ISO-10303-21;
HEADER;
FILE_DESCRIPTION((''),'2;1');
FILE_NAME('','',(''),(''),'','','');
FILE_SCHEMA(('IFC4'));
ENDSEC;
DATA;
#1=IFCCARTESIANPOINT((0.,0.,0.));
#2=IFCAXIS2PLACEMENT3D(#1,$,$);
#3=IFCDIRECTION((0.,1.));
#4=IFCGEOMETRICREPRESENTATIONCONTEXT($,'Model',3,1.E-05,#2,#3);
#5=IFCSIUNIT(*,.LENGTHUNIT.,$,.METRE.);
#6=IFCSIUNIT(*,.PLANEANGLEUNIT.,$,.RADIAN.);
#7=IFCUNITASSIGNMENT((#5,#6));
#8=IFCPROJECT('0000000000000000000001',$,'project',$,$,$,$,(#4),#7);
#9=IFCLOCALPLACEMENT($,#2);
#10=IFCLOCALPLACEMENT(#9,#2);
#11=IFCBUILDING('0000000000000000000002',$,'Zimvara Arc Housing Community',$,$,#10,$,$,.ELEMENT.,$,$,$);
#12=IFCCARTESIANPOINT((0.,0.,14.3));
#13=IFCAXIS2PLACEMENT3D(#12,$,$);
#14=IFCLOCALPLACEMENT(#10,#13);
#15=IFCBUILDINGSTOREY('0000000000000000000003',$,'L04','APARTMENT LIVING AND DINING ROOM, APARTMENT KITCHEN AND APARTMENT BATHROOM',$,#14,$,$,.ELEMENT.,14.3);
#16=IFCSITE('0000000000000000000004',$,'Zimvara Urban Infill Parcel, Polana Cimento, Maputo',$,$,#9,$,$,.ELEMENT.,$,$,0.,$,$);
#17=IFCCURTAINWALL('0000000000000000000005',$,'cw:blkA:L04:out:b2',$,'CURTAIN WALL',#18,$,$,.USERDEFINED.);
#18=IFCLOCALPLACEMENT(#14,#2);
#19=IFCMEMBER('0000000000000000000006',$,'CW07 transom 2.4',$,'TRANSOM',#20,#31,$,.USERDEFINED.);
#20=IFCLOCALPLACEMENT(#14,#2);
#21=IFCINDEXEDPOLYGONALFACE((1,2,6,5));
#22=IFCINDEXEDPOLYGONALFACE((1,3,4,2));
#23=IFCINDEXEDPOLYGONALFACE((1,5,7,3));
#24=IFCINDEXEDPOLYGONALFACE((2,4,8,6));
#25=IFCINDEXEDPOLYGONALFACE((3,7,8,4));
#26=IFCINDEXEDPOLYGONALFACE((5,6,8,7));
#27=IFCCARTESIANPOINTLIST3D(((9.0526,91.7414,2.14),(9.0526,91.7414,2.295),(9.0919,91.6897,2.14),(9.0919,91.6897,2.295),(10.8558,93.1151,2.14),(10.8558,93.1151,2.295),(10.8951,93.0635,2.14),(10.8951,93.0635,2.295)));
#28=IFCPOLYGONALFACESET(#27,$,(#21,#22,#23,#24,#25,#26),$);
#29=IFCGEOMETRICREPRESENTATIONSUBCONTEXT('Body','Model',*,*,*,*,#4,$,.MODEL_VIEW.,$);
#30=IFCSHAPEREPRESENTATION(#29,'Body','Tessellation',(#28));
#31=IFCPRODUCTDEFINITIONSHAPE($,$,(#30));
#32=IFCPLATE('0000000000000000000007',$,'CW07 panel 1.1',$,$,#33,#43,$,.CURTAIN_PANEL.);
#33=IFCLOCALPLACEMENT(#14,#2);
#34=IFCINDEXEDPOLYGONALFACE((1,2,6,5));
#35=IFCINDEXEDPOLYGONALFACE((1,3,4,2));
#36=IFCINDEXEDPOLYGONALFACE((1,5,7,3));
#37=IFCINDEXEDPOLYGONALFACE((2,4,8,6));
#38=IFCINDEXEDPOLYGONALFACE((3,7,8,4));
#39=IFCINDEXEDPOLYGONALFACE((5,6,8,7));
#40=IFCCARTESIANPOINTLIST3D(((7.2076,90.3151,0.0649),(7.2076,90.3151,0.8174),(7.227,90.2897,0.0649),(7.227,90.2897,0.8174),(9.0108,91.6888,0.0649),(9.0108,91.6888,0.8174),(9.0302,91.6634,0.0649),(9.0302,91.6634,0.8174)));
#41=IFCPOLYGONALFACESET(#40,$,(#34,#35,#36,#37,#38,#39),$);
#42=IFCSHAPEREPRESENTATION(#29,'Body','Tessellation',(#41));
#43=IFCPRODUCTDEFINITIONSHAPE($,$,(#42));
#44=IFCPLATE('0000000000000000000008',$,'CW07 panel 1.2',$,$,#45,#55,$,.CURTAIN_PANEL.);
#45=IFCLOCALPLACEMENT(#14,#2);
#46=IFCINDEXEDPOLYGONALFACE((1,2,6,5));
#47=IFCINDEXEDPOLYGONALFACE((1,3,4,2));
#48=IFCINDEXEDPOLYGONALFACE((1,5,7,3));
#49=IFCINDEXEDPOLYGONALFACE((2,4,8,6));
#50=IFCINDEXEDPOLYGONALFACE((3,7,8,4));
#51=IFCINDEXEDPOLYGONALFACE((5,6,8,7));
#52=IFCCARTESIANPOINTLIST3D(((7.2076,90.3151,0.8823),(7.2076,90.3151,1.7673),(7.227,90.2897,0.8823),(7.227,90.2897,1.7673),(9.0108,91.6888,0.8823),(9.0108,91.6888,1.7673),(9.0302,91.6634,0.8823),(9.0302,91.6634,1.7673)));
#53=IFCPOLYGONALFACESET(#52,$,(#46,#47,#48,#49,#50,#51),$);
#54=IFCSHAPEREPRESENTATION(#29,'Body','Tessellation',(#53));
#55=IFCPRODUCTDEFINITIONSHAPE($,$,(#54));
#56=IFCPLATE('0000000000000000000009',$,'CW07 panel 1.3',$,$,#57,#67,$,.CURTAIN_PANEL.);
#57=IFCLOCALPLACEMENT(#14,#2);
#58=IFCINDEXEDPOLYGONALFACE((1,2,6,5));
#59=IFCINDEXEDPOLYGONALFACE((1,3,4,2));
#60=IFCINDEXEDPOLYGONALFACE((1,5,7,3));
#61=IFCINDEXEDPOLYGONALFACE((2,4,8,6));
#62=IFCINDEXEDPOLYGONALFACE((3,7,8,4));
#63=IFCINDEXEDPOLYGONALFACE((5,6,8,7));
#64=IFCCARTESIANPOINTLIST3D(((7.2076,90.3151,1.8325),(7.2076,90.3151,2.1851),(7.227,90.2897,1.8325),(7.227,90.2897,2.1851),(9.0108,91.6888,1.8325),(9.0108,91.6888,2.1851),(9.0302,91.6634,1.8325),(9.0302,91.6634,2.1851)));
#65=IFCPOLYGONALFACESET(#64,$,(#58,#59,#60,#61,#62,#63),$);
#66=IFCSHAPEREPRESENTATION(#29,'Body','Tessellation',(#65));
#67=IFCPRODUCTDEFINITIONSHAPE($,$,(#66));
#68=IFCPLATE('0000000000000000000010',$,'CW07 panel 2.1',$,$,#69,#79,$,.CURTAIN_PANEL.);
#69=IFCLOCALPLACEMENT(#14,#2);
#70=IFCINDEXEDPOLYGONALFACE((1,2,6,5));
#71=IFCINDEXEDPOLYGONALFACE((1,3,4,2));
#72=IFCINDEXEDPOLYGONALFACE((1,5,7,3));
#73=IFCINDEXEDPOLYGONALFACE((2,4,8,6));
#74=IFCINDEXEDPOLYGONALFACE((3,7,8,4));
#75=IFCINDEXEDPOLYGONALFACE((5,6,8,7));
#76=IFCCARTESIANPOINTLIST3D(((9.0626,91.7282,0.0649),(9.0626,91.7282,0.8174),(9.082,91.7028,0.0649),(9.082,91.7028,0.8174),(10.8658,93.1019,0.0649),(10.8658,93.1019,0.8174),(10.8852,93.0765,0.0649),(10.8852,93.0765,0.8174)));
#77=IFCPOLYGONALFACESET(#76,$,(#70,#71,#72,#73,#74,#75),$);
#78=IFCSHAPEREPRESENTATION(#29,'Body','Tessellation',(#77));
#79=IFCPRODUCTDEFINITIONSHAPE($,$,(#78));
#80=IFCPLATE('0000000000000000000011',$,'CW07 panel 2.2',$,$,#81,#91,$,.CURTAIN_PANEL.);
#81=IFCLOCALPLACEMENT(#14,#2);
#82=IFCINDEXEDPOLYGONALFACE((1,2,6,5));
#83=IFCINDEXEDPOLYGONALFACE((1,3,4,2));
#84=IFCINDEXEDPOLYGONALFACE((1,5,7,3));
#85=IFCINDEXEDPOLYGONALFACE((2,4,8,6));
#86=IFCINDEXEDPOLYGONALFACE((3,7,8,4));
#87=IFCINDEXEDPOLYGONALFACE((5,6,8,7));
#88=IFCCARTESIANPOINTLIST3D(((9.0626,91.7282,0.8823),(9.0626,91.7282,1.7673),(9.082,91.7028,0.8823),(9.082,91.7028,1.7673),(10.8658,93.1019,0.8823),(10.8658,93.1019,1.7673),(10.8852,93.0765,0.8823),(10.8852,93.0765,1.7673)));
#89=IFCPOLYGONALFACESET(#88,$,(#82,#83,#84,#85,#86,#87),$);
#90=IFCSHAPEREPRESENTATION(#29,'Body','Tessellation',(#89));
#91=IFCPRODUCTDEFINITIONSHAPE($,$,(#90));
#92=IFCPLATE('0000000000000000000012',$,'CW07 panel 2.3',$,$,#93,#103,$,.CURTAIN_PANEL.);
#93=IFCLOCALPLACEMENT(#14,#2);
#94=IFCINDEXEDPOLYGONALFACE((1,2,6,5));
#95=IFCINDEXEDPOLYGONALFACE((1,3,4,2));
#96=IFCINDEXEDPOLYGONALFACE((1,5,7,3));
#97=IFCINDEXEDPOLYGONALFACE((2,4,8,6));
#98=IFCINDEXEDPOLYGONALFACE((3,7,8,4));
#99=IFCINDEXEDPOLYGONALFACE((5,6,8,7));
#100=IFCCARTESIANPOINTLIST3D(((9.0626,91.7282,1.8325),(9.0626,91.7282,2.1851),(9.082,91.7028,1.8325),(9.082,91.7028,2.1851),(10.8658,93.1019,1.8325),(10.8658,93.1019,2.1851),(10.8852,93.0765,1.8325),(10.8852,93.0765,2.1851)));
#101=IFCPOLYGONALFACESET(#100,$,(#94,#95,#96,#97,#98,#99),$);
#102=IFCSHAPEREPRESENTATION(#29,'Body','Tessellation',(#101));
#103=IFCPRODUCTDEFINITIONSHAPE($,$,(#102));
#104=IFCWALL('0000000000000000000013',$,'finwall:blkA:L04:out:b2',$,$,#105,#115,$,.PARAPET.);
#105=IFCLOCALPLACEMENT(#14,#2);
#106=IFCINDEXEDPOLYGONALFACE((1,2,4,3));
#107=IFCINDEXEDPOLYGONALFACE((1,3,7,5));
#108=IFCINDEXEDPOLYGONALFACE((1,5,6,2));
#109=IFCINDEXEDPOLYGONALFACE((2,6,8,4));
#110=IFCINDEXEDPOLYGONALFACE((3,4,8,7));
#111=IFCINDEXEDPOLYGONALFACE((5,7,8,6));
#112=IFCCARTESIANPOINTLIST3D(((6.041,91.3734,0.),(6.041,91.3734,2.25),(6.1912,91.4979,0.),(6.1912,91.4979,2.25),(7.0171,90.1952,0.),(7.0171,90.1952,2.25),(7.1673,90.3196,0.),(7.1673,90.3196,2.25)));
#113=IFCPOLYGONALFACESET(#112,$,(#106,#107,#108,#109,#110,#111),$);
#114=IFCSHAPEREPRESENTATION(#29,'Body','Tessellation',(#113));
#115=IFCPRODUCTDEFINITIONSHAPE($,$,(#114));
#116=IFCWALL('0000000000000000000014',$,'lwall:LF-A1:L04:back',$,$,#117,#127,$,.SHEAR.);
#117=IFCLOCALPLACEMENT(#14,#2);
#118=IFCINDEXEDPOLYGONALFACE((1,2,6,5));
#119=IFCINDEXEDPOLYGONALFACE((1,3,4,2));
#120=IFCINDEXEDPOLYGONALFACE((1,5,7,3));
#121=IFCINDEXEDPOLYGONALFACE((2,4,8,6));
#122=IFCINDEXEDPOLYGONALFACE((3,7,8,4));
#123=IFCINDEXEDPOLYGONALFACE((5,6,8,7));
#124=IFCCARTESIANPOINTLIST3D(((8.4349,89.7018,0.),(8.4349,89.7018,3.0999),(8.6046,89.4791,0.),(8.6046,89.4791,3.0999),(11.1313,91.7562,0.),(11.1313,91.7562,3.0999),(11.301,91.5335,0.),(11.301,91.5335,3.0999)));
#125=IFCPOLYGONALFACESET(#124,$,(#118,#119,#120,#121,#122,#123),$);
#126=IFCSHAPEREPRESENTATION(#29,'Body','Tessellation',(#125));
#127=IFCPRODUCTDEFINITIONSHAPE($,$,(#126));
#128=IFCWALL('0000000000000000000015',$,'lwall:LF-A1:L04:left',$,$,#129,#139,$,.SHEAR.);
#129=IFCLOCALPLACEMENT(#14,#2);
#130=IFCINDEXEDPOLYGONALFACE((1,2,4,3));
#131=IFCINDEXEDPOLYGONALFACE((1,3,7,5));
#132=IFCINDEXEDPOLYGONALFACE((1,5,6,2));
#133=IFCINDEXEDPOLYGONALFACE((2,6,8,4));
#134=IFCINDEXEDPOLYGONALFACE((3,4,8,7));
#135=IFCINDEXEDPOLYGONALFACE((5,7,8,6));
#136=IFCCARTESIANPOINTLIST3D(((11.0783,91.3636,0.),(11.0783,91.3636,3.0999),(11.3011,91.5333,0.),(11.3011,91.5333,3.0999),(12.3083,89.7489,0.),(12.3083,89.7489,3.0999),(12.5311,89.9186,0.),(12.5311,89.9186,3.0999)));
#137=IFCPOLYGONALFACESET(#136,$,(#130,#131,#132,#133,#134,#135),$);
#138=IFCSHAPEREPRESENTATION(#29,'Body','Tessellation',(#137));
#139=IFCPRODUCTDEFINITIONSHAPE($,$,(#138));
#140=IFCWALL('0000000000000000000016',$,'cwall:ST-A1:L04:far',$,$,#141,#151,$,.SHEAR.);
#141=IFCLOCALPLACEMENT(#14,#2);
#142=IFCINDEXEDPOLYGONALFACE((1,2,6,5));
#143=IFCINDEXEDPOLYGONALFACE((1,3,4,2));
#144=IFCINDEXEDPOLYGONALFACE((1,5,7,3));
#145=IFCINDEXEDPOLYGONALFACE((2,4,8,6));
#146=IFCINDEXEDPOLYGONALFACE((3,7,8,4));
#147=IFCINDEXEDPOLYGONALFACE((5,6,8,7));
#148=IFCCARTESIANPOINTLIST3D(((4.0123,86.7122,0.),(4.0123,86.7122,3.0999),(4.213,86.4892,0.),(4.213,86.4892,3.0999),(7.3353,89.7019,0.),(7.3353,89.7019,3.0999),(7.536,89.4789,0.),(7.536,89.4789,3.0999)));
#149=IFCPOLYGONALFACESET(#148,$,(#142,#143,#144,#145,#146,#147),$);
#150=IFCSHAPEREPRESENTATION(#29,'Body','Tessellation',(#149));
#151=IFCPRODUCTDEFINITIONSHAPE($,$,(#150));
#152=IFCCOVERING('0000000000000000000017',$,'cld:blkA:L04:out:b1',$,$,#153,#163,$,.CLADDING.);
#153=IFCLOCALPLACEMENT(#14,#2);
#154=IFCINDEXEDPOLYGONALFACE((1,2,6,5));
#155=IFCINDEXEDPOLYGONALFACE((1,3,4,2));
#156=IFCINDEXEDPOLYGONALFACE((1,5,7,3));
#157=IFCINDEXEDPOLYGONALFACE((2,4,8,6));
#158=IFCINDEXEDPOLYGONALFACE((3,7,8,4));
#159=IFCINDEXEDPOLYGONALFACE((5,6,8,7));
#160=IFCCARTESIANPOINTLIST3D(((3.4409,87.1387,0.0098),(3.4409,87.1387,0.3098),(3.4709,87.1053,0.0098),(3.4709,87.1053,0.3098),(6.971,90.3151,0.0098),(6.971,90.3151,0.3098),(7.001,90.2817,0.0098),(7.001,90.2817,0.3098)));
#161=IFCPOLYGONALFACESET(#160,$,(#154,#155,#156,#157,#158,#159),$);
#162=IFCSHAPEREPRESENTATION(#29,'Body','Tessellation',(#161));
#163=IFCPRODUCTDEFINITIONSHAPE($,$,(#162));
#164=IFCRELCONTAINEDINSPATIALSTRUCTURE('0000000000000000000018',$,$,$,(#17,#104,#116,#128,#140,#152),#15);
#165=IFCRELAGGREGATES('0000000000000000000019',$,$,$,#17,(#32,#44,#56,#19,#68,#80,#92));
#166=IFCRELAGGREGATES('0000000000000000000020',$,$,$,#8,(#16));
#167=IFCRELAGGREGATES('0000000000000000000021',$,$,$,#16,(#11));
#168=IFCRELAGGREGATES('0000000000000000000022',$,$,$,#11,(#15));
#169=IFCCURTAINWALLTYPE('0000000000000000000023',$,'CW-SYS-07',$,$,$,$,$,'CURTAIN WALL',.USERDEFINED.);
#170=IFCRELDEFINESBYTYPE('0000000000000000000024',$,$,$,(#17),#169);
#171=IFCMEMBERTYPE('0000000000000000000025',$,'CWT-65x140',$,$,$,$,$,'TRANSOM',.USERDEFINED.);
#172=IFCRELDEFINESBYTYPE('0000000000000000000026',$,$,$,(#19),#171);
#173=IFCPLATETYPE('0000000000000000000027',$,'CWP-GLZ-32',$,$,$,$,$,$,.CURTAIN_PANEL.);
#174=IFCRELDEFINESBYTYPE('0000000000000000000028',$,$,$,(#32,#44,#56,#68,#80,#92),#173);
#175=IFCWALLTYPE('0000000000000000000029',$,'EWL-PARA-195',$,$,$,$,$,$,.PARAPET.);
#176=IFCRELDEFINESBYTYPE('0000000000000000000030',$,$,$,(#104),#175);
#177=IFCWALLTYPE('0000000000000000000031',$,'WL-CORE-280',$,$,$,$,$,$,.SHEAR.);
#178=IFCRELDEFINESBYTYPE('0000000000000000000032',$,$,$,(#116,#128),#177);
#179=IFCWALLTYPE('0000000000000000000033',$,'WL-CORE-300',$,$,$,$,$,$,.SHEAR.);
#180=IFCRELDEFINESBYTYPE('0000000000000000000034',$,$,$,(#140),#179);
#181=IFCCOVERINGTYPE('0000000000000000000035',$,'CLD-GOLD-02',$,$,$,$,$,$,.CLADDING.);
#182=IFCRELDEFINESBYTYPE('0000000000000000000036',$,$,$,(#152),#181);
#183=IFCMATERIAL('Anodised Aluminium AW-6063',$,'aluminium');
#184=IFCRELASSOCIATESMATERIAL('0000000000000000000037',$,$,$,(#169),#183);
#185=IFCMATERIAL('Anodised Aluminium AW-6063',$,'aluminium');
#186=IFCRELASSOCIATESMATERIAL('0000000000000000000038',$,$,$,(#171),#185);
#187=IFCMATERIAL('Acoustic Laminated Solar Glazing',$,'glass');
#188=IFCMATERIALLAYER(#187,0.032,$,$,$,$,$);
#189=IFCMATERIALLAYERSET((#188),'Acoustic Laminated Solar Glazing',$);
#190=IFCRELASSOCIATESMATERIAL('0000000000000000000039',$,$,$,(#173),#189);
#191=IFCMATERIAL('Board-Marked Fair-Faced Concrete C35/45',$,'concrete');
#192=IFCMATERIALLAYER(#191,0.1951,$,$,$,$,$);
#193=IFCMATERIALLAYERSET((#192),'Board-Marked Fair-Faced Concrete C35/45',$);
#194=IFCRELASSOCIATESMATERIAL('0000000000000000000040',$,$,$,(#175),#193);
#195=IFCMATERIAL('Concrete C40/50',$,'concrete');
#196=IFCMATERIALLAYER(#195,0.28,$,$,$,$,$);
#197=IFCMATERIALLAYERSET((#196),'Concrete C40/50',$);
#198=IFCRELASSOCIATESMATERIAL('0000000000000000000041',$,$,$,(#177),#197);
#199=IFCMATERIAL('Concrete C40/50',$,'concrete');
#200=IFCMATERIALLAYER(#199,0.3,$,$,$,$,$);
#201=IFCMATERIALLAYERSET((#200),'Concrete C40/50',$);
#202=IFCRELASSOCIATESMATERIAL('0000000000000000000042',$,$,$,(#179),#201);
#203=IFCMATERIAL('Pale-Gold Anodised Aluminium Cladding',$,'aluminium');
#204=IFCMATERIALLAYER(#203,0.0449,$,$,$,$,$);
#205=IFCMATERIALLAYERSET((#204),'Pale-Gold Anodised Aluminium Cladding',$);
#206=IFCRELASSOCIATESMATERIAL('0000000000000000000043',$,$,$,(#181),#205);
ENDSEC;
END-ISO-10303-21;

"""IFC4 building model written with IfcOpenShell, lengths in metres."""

from ifc_helpers import new_model, si_unit, direction, frame, frame_2d, origin, origin_2d, place, context, subcontext, project, spatial, rectangle, extrude, material, layer, layer_set, material_profile, profile_set, type_object, element, aggregate, save


model = new_model("IFC4")

# Units and contexts
model_context = context("Model", 3, precision=1e-05, world=origin(), true_north=direction((0.0, 1.0)))
body_context = subcontext(model_context, "Body", "Model", "MODEL_VIEW")
ifc_project = project(units=[si_unit("LENGTHUNIT", "METRE"), si_unit("PLANEANGLEUNIT", "RADIAN")], contexts=[model_context])

# Site, building, storey
site_placement = place(None, origin())
site = spatial("IfcSite", under=ifc_project, at=site_placement, Name="Zimvara Urban Infill Parcel, Polana Cimento, Maputo", CompositionType="ELEMENT", RefElevation=0.0)
building_placement = place(site_placement, origin())
building = spatial("IfcBuilding", under=site, at=building_placement, Name="Zimvara Arc Housing Community", CompositionType="ELEMENT")
storey_placement = place(building_placement, frame((0.0, 0.0, 14.3)))
storey = spatial("IfcBuildingStorey", under=building, at=storey_placement, Name="L04", Description="APARTMENT LIVING AND DINING ROOM, APARTMENT KITCHEN AND APARTMENT BATHROOM", CompositionType="ELEMENT", Elevation=14.3)

# Curtain wall, member, plates
ifc_material_1 = material(Name="Anodised Aluminium AW-6063", Category="aluminium")
curtain_wall_type = type_object("IfcCurtainWallType", Name="CW-SYS-07", ElementType="CURTAIN WALL", PredefinedType="USERDEFINED", material=ifc_material_1)
curtain_wall_placement = place(storey_placement, origin())
curtain_wall = element("IfcCurtainWall", 1, at=curtain_wall_placement, inside=storey, type_object=curtain_wall_type, Name="cw:blkA:L04:out:b2", ObjectType="CURTAIN WALL", PredefinedType="USERDEFINED")
ifc_material_2 = material(Name="Anodised Aluminium AW-6063", Category="aluminium")
ifc_material_profile_1 = material_profile(ifc_material_2, rectangle(XDim=0.0649, YDim=0.155, at=origin_2d()), Name="ALU 65x155")
ifc_profile_set_1 = profile_set([ifc_material_profile_1], Name="Anodised Aluminium AW-6063")
member_type_1 = type_object("IfcMemberType", Name="CWT-65x140", ElementType="TRANSOM", PredefinedType="USERDEFINED", material=ifc_profile_set_1)
member_1_placement = place(storey_placement, frame((9.0723, 91.7156, 2.2175), z_axis=(0.795454, 0.606014, 0.0), x_axis=(-0.606014, 0.795454, 0.0)))
member_1 = element("IfcMember", 2, at=member_1_placement, type_object=member_type_1, Name="CW07 transom 2.4", ObjectType="TRANSOM", PredefinedType="USERDEFINED", context=body_context, shape_type="SweptSolid", body=[
    extrude(rectangle(XDim=0.0649, YDim=0.155, at=origin_2d()), origin(), (0.0, 0.0, 1.0), 2.2668),
])
ifc_material_3 = material(Name="Acoustic Laminated Solar Glazing", Category="glass")
ifc_layer_1 = layer(ifc_material_3, 0.032)
ifc_layer_set_1 = layer_set([ifc_layer_1], Name="Acoustic Laminated Solar Glazing")
plate_type = type_object("IfcPlateType", Name="CWP-GLZ-32", PredefinedType="CURTAIN_PANEL", material=ifc_layer_set_1)
plate_1_placement = place(storey_placement, frame((8.1189, 90.9893, 0.0649), z_axis=(0.0, 0.0, 1.0), x_axis=(0.795474, 0.605988, 0.0)))
plate_1 = element("IfcPlate", 3, at=plate_1_placement, type_object=plate_type, Name="CW07 panel 1.1", PredefinedType="CURTAIN_PANEL", context=body_context, shape_type="SweptSolid", body=[
    extrude(rectangle(XDim=2.2668, YDim=0.032, at=origin_2d()), origin(), (0.0, 0.0, 1.0), 0.7524),
])
plate_2_placement = place(storey_placement, frame((8.1189, 90.9893, 0.8823), z_axis=(0.0, 0.0, 1.0), x_axis=(0.795474, 0.605988, 0.0)))
plate_2 = element("IfcPlate", 4, at=plate_2_placement, type_object=plate_type, Name="CW07 panel 1.2", PredefinedType="CURTAIN_PANEL", context=body_context, shape_type="SweptSolid", body=[
    extrude(rectangle(XDim=2.2668, YDim=0.032, at=origin_2d()), origin(), (0.0, 0.0, 1.0), 0.885),
])
plate_3_placement = place(storey_placement, frame((8.1189, 90.9893, 1.8325), z_axis=(0.0, 0.0, 1.0), x_axis=(0.795474, 0.605988, 0.0)))
plate_3 = element("IfcPlate", 5, at=plate_3_placement, type_object=plate_type, Name="CW07 panel 1.3", PredefinedType="CURTAIN_PANEL", context=body_context, shape_type="SweptSolid", body=[
    extrude(rectangle(XDim=2.2668, YDim=0.032, at=origin_2d()), origin(), (0.0, 0.0, 1.0), 0.3525),
])
plate_4_placement = place(storey_placement, frame((9.9739, 92.4023, 0.0649), z_axis=(0.0, 0.0, 1.0), x_axis=(0.795474, 0.605988, 0.0)))
plate_4 = element("IfcPlate", 6, at=plate_4_placement, type_object=plate_type, Name="CW07 panel 2.1", PredefinedType="CURTAIN_PANEL", context=body_context, shape_type="SweptSolid", body=[
    extrude(rectangle(XDim=2.2668, YDim=0.032, at=origin_2d()), origin(), (0.0, 0.0, 1.0), 0.7524),
])
plate_5_placement = place(storey_placement, frame((9.9739, 92.4023, 0.8823), z_axis=(0.0, 0.0, 1.0), x_axis=(0.795474, 0.605988, 0.0)))
plate_5 = element("IfcPlate", 7, at=plate_5_placement, type_object=plate_type, Name="CW07 panel 2.2", PredefinedType="CURTAIN_PANEL", context=body_context, shape_type="SweptSolid", body=[
    extrude(rectangle(XDim=2.2668, YDim=0.032, at=origin_2d()), origin(), (0.0, 0.0, 1.0), 0.885),
])
plate_6_placement = place(storey_placement, frame((9.9739, 92.4023, 1.8325), z_axis=(0.0, 0.0, 1.0), x_axis=(0.795474, 0.605988, 0.0)))
plate_6 = element("IfcPlate", 8, at=plate_6_placement, type_object=plate_type, Name="CW07 panel 2.3", PredefinedType="CURTAIN_PANEL", context=body_context, shape_type="SweptSolid", body=[
    extrude(rectangle(XDim=2.2668, YDim=0.032, at=origin_2d()), origin(), (0.0, 0.0, 1.0), 0.3525),
])
aggregate(curtain_wall, [plate_1, plate_2, plate_3, member_1, plate_4, plate_5, plate_6])

# Wall
ifc_material_4 = material(Name="Board-Marked Fair-Faced Concrete C35/45", Category="concrete")
ifc_layer_2 = layer(ifc_material_4, 0.1951)
ifc_layer_set_2 = layer_set([ifc_layer_2], Name="Board-Marked Fair-Faced Concrete C35/45")
wall_type_1 = type_object("IfcWallType", Name="EWL-PARA-195", PredefinedType="PARAPET", material=ifc_layer_set_2)
wall_1_placement = place(storey_placement, frame((7.0923, 90.2573, 0.0), z_axis=(0.0, 0.0, 1.0), x_axis=(-0.637953, 0.770075, 0.0)))
element("IfcWall", 9, at=wall_1_placement, inside=storey, type_object=wall_type_1, Name="finwall:blkA:L04:out:b2", PredefinedType="PARAPET", context=body_context, shape_type="SweptSolid", body=[
    extrude(rectangle(XDim=1.53, YDim=0.1951, at=frame_2d((0.7651, 0.0))), origin(), (0.0, 0.0, 1.0), 2.25),
])

# Walls
ifc_material_5 = material(Name="Concrete C40/50", Category="concrete")
ifc_layer_3 = layer(ifc_material_5, 0.28)
ifc_layer_set_3 = layer_set([ifc_layer_3], Name="Concrete C40/50")
wall_type_2 = type_object("IfcWallType", Name="WL-CORE-280", PredefinedType="SHEAR", material=ifc_layer_set_3)
wall_2_placement = place(storey_placement, frame((11.2161, 91.6448, 0.0), z_axis=(0.0, 0.0, 1.0), x_axis=(-0.79544, -0.606032, 0.0)))
element("IfcWall", 10, at=wall_2_placement, inside=storey, type_object=wall_type_2, Name="lwall:LF-A1:L04:back", PredefinedType="SHEAR", context=body_context, shape_type="SweptSolid", body=[
    extrude(rectangle(XDim=3.3899, YDim=0.28, at=frame_2d((1.6948, 0.0))), origin(), (0.0, 0.0, 1.0), 3.0999),
])
wall_3_placement = place(storey_placement, frame((12.4197, 89.8337, 0.0), z_axis=(0.0, 0.0, 1.0), x_axis=(-0.605949, 0.795504, 0.0)))
element("IfcWall", 11, at=wall_3_placement, inside=storey, type_object=wall_type_2, Name="lwall:LF-A1:L04:left", PredefinedType="SHEAR", context=body_context, shape_type="SweptSolid", body=[
    extrude(rectangle(XDim=2.0298, YDim=0.28, at=frame_2d((1.0149, 0.0))), origin(), (0.0, 0.0, 1.0), 3.0999),
])
ifc_material_6 = material(Name="Concrete C40/50", Category="concrete")
ifc_layer_4 = layer(ifc_material_6, 0.3)
ifc_layer_set_4 = layer_set([ifc_layer_4], Name="Concrete C40/50")
wall_type_3 = type_object("IfcWallType", Name="WL-CORE-300", PredefinedType="SHEAR", material=ifc_layer_set_4)
wall_4_placement = place(storey_placement, frame((7.4355, 89.5903, 0.0), z_axis=(0.0, 0.0, 1.0), x_axis=(-0.7434, -0.668847, 0.0)))
element("IfcWall", 12, at=wall_4_placement, inside=storey, type_object=wall_type_3, Name="cwall:ST-A1:L04:far", PredefinedType="SHEAR", context=body_context, shape_type="SweptSolid", body=[
    extrude(rectangle(XDim=4.47, YDim=0.3, at=frame_2d((2.2349, 0.0))), origin(), (0.0, 0.0, 1.0), 3.0999),
])

# Covering
ifc_material_7 = material(Name="Pale-Gold Anodised Aluminium Cladding", Category="aluminium")
ifc_layer_5 = layer(ifc_material_7, 0.0449)
ifc_layer_set_5 = layer_set([ifc_layer_5], Name="Pale-Gold Anodised Aluminium Cladding")
covering_type = type_object("IfcCoveringType", Name="CLD-GOLD-02", PredefinedType="CLADDING", material=ifc_layer_set_5)
covering_placement = place(storey_placement, frame((5.2209, 88.7102, 0.0098), z_axis=(0.0, 0.0, 1.0), x_axis=(0.743377, 0.668872, 0.0)))
element("IfcCovering", 13, at=covering_placement, inside=storey, type_object=covering_type, Name="cld:blkA:L04:out:b1", PredefinedType="CLADDING", context=body_context, shape_type="SweptSolid", body=[
    extrude(rectangle(XDim=4.7488, YDim=0.0449, at=origin_2d()), origin(), (0.0, 0.0, 1.0), 0.3),
])

save(model, "model.ifc")
